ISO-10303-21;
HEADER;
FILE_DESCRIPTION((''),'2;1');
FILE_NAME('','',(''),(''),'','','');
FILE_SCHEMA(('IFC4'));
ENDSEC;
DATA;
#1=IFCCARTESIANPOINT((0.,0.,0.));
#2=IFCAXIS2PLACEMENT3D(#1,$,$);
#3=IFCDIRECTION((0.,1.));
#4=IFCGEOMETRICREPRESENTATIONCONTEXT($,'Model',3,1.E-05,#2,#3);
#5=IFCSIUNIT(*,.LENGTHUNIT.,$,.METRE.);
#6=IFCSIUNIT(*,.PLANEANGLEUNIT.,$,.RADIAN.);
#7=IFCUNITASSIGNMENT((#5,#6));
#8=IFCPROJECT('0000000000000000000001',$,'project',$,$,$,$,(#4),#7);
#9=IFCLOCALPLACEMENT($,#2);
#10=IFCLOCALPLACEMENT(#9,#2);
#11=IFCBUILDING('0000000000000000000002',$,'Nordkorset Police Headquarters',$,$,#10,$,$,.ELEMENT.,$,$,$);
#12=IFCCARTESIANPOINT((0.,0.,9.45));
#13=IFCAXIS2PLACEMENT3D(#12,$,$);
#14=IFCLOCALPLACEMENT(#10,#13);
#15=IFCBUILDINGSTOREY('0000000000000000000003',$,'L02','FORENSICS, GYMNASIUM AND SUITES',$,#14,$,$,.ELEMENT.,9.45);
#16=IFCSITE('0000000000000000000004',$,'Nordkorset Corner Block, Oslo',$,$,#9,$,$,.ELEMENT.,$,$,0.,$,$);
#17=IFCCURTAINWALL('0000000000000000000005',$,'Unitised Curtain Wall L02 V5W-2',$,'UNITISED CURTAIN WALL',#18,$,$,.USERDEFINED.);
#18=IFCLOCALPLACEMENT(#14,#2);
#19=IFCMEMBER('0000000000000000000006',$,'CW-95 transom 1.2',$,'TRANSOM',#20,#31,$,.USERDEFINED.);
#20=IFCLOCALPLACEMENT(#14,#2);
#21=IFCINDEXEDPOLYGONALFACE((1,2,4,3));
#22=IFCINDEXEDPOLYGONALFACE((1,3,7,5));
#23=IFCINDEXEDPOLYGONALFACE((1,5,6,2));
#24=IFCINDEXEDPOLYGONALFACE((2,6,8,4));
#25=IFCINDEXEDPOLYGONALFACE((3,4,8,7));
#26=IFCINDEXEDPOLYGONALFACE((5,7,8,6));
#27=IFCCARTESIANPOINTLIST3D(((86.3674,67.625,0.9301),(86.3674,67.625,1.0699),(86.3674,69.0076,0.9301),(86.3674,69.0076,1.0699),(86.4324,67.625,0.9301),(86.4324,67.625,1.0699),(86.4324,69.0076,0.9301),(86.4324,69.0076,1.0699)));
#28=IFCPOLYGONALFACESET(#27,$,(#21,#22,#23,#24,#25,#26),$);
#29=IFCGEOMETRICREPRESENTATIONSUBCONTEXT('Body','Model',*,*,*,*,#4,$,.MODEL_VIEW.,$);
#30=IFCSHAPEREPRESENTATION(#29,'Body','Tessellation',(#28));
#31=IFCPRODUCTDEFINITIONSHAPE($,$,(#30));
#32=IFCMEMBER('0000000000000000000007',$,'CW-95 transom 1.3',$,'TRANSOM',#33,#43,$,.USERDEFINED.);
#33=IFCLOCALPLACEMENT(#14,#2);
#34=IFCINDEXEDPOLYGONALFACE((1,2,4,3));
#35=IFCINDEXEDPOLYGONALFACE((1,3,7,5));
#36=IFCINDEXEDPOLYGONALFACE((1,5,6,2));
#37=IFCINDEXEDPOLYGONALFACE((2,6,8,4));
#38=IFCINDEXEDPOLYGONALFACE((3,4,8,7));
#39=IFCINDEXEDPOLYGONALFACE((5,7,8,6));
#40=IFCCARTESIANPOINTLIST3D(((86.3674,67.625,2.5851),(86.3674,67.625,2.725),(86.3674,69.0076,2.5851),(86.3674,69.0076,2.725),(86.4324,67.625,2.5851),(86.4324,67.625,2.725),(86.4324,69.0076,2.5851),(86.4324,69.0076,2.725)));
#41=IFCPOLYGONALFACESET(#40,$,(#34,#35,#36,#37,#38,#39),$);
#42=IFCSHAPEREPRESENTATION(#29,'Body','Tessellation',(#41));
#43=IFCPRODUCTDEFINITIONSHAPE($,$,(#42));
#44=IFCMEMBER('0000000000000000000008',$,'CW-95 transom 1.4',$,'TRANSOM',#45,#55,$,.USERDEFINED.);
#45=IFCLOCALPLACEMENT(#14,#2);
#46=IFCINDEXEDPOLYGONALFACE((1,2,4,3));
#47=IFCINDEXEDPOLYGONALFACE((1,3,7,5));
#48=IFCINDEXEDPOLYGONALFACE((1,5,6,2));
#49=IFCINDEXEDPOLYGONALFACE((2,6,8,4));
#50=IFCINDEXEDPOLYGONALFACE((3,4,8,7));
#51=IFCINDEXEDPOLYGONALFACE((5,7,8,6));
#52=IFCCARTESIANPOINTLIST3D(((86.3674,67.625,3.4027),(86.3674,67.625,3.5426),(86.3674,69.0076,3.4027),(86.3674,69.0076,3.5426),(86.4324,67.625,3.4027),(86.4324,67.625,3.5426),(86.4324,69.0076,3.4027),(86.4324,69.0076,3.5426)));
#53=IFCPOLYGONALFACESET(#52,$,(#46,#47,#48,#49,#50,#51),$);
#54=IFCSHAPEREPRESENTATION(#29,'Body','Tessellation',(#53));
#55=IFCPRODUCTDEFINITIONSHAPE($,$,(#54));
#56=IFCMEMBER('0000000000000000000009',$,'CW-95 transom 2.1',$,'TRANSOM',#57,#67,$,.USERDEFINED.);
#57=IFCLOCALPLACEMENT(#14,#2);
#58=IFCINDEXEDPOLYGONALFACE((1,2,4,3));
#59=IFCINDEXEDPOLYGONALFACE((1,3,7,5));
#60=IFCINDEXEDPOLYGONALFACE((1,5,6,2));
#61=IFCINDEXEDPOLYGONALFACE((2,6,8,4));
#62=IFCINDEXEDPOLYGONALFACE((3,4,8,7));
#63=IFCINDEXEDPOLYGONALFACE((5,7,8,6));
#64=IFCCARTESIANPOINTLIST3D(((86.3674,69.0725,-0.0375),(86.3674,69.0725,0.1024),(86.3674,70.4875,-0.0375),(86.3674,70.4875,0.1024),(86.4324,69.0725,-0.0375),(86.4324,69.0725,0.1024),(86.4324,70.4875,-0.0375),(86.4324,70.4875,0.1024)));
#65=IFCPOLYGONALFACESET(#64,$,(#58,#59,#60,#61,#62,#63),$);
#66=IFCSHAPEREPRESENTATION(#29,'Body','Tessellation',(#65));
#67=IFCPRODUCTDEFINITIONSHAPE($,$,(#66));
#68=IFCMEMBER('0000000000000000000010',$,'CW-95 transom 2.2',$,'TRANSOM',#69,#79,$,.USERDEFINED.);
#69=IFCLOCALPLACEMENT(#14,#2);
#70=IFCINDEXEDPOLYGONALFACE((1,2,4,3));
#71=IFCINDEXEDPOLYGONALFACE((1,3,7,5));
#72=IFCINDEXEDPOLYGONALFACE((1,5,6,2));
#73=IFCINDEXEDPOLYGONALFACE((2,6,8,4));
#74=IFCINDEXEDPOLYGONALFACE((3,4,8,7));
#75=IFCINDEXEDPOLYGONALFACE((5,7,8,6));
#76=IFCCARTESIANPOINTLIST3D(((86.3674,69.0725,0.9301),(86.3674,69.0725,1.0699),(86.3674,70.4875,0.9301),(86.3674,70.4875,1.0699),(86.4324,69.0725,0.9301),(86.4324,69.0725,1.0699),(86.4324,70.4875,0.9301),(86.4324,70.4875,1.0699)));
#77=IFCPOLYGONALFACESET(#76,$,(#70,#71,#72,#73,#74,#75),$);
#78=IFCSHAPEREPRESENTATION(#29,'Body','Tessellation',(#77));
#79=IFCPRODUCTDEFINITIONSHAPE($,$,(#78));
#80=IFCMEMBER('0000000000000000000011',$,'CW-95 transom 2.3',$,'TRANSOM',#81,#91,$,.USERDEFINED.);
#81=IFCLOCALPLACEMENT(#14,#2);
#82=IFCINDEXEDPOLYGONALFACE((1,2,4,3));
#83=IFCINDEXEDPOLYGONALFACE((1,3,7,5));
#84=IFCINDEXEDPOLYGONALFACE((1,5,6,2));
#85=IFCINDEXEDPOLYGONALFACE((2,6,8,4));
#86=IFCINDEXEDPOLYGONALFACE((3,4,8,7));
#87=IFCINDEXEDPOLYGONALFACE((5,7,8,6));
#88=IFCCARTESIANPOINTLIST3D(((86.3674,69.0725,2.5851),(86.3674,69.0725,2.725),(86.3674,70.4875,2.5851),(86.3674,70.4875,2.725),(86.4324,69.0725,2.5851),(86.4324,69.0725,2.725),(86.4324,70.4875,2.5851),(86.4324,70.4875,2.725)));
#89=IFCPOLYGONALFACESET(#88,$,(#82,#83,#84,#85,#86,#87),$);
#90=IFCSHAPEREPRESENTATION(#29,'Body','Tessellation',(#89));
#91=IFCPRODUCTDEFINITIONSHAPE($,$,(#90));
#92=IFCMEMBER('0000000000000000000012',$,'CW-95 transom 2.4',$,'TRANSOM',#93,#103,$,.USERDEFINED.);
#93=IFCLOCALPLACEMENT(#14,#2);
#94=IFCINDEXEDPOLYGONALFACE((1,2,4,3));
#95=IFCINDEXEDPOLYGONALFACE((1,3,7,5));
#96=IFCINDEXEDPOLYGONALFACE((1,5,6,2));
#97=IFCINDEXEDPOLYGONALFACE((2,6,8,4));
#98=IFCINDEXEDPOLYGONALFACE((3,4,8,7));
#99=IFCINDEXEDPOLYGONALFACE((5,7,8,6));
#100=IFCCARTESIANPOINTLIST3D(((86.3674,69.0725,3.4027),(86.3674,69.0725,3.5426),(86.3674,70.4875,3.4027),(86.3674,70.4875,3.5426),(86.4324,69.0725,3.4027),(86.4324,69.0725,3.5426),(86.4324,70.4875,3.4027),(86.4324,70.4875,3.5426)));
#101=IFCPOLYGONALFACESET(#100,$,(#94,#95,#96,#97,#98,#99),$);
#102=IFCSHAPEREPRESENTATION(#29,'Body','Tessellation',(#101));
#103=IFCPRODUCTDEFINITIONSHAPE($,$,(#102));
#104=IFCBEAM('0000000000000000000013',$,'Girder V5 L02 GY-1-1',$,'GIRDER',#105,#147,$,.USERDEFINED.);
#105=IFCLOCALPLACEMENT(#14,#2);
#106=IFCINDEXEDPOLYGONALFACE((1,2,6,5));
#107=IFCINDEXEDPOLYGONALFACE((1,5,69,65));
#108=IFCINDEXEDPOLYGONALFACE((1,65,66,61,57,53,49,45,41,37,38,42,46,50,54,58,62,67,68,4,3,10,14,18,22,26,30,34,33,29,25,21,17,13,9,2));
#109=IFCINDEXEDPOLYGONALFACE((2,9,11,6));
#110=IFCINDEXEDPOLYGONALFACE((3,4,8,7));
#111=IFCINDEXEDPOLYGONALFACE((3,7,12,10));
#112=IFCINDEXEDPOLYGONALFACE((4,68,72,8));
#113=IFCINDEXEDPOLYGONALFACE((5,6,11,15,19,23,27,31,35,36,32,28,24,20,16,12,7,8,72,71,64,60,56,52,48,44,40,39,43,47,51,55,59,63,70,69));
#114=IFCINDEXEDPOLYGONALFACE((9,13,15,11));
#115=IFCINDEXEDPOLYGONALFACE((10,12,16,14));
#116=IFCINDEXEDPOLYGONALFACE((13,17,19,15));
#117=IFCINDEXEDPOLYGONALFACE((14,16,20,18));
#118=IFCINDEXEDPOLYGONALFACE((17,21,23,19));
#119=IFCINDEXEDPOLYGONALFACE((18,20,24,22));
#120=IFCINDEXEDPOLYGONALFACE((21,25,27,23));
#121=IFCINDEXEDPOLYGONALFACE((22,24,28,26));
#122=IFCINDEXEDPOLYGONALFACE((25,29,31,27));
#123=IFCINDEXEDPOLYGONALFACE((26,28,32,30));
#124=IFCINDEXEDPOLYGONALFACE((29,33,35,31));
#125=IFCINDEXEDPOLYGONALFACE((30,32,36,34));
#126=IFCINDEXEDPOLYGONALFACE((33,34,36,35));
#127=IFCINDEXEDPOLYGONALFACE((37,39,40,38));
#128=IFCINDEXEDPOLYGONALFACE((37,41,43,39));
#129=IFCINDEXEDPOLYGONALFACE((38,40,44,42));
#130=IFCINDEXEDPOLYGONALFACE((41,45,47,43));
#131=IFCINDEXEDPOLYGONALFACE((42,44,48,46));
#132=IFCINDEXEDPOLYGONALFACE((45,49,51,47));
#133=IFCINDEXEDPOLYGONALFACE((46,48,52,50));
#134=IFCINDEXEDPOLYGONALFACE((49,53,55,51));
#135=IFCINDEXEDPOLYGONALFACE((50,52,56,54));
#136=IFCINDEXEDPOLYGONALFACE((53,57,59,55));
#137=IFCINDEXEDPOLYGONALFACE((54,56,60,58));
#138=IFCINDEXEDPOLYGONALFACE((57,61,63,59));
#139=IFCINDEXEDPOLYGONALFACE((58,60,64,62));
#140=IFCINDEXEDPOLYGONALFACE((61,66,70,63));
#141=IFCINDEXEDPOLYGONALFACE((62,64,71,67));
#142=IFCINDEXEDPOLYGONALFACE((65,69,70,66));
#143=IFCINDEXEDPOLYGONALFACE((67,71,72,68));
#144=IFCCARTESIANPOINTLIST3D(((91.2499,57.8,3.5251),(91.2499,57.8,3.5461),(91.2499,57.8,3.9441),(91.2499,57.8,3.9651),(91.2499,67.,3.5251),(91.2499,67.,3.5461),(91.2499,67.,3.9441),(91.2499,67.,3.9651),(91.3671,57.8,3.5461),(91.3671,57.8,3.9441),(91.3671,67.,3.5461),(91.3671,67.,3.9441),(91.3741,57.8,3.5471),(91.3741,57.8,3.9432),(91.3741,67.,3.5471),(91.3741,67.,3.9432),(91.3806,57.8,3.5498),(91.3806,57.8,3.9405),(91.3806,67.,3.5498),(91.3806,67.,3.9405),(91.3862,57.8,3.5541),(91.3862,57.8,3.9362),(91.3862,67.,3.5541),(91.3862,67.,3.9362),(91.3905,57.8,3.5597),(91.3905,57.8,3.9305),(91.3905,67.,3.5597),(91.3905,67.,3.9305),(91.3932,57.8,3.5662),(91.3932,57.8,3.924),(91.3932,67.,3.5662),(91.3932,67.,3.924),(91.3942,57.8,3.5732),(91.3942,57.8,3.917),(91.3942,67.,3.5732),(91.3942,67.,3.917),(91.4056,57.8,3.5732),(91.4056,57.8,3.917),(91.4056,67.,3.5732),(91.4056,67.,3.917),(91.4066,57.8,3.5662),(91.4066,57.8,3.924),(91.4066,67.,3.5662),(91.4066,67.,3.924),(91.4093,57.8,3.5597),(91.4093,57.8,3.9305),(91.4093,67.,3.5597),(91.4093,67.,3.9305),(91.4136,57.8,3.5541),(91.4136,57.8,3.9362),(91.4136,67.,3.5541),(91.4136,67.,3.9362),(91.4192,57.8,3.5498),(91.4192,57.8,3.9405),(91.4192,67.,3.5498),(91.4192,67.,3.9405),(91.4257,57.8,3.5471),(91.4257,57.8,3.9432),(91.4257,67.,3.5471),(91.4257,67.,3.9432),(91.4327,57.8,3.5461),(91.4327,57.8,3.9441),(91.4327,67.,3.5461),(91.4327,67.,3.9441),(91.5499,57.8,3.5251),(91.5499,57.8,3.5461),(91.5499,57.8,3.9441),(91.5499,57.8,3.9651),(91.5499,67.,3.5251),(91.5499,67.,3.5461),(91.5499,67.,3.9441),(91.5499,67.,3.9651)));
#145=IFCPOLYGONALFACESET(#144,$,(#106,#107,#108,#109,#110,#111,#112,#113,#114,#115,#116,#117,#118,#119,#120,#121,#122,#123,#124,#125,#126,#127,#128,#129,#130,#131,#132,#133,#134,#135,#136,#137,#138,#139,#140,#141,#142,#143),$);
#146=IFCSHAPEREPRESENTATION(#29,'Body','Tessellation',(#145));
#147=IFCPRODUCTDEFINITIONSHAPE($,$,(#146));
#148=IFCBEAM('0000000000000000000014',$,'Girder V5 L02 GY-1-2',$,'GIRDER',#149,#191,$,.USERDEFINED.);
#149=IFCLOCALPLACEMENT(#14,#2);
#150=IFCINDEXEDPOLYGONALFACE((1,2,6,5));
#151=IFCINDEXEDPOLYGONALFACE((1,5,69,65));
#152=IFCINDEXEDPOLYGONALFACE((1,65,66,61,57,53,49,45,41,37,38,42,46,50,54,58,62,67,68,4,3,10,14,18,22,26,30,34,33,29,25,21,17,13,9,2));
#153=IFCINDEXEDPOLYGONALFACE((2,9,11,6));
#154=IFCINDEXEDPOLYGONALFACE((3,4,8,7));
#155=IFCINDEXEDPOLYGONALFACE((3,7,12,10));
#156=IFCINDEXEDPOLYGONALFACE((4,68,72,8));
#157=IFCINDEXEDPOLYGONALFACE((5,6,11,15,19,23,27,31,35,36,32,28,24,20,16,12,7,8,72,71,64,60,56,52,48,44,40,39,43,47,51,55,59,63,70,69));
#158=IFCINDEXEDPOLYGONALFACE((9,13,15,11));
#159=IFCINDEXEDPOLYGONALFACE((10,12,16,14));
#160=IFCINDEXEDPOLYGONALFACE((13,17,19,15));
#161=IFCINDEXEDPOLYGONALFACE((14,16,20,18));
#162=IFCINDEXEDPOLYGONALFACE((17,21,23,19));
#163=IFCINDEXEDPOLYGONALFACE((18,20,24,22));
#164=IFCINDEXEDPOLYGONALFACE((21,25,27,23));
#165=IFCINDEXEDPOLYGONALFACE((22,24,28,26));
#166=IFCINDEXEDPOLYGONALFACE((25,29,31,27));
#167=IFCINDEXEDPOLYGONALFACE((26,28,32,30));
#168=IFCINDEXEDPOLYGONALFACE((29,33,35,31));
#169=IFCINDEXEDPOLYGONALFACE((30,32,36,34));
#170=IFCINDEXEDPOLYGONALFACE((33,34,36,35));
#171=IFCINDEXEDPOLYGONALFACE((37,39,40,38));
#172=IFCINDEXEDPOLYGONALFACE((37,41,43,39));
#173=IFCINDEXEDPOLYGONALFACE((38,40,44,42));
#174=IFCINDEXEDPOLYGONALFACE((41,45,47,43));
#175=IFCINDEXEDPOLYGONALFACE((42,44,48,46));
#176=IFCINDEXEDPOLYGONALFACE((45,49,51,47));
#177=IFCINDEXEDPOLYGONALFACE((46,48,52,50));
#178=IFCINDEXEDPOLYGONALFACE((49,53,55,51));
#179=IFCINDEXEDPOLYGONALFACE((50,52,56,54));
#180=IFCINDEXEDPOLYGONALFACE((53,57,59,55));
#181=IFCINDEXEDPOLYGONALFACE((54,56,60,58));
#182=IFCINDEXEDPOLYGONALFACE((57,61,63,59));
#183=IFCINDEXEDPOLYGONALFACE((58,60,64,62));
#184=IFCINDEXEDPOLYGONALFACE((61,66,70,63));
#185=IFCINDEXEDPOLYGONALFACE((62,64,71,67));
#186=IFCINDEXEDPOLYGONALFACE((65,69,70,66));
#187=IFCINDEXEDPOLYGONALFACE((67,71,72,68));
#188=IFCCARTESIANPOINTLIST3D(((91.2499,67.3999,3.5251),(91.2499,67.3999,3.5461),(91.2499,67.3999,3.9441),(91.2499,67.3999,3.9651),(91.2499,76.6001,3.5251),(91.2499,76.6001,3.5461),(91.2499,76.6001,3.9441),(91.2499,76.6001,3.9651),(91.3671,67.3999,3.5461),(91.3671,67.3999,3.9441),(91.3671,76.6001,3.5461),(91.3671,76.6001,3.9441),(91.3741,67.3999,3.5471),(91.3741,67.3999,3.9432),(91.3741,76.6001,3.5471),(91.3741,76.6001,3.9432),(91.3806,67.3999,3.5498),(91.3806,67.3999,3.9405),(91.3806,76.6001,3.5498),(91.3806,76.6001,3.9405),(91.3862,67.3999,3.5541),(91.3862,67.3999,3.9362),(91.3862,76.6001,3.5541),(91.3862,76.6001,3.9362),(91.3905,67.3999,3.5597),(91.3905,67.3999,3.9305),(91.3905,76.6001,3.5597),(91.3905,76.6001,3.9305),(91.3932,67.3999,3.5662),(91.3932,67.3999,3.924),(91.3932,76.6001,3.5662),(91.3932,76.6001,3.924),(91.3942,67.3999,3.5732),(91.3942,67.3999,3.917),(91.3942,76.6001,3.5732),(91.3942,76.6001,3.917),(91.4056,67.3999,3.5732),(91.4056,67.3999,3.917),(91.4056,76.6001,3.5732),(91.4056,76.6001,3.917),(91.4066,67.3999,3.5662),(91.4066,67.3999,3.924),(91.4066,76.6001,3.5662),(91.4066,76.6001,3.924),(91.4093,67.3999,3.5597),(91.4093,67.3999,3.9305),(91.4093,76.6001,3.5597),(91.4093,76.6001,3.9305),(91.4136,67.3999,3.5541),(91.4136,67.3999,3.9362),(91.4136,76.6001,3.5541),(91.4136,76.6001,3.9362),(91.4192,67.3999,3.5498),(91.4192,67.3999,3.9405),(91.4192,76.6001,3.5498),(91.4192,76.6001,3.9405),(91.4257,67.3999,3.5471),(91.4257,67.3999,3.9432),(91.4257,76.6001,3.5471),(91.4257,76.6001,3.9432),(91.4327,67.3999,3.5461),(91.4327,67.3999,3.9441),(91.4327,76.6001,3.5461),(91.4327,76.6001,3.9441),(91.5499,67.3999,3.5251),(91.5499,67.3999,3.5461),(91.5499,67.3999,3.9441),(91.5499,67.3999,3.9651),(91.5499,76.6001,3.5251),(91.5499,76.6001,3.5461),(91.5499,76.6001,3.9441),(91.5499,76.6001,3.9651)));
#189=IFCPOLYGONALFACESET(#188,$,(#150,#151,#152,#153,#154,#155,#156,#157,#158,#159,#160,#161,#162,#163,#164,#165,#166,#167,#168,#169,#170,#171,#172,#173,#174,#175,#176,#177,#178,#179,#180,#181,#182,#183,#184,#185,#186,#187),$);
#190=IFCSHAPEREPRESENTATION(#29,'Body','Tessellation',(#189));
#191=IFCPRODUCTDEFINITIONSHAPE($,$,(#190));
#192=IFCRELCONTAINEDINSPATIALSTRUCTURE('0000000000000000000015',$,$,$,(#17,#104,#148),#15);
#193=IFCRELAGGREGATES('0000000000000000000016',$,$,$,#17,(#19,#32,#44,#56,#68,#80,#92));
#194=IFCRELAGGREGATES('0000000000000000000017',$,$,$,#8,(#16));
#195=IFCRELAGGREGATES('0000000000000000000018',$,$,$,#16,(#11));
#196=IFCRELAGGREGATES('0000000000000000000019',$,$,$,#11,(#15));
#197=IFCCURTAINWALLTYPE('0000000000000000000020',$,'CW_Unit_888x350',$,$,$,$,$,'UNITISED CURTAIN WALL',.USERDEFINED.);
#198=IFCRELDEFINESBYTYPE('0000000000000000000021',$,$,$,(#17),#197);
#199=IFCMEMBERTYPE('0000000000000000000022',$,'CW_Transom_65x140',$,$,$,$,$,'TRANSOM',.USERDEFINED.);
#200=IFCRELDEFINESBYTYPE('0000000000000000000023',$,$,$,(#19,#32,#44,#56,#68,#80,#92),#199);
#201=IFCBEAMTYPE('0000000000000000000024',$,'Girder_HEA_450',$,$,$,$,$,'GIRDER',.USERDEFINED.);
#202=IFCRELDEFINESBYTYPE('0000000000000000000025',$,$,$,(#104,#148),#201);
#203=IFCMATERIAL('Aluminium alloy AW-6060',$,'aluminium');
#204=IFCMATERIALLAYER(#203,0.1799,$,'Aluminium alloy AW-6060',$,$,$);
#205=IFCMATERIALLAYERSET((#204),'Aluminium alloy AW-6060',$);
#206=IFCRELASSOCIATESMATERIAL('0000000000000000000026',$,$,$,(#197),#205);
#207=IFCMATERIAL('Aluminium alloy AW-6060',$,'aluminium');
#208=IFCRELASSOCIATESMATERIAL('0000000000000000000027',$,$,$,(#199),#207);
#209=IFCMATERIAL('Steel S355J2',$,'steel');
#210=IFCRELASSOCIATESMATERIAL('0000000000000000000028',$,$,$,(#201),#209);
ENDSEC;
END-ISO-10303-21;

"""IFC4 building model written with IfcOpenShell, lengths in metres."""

from ifc_helpers import new_model, si_unit, direction, frame, origin, origin_2d, place, context, subcontext, project, spatial, rectangle, i_section, extrude, material, layer, layer_set, material_profile, profile_set, type_object, element, aggregate, save


model = new_model("IFC4")

# Units and contexts
model_context = context("Model", 3, precision=1e-05, world=origin(), true_north=direction((0.0, 1.0)))
body_context = subcontext(model_context, "Body", "Model", "MODEL_VIEW")
ifc_project = project(units=[si_unit("LENGTHUNIT", "METRE"), si_unit("PLANEANGLEUNIT", "RADIAN")], contexts=[model_context])

# Site, building, storey
site_placement = place(None, origin())
site = spatial("IfcSite", under=ifc_project, at=site_placement, Name="Nordkorset Corner Block, Oslo", CompositionType="ELEMENT", RefElevation=0.0)
building_placement = place(site_placement, origin())
building = spatial("IfcBuilding", under=site, at=building_placement, Name="Nordkorset Police Headquarters", CompositionType="ELEMENT")
storey_placement = place(building_placement, frame((0.0, 0.0, 9.45)))
storey = spatial("IfcBuildingStorey", under=building, at=storey_placement, Name="L02", Description="FORENSICS, GYMNASIUM AND SUITES", CompositionType="ELEMENT", Elevation=9.45)

# Curtain wall, members
ifc_material_1 = material(Name="Aluminium alloy AW-6060", Category="aluminium")
ifc_layer_1 = layer(ifc_material_1, 0.1799, Name="Aluminium alloy AW-6060")
ifc_layer_set_1 = layer_set([ifc_layer_1], Name="Aluminium alloy AW-6060")
curtain_wall_type = type_object("IfcCurtainWallType", Name="CW_Unit_888x350", ElementType="UNITISED CURTAIN WALL", PredefinedType="USERDEFINED", material=ifc_layer_set_1)
curtain_wall_placement = place(storey_placement, origin())
curtain_wall = element("IfcCurtainWall", 1, at=curtain_wall_placement, inside=storey, type_object=curtain_wall_type, Name="Unitised Curtain Wall L02 V5W-2", ObjectType="UNITISED CURTAIN WALL", PredefinedType="USERDEFINED")
ifc_material_2 = material(Name="Aluminium alloy AW-6060", Category="aluminium")
ifc_material_profile_1 = material_profile(ifc_material_2, rectangle(XDim=0.0649, YDim=0.1399, at=origin_2d()), Name="ALU TRAN 65x140")
ifc_profile_set_1 = profile_set([ifc_material_profile_1], Name="Aluminium alloy AW-6060")
member_type_1 = type_object("IfcMemberType", Name="CW_Transom_65x140", ElementType="TRANSOM", PredefinedType="USERDEFINED", material=ifc_profile_set_1)
member_1_placement = place(storey_placement, frame((86.3999, 67.625, 1.0), z_axis=(0.0, 1.0, 0.0), x_axis=(-1.0, 0.0, 0.0)))
member_1 = element("IfcMember", 2, at=member_1_placement, type_object=member_type_1, Name="CW-95 transom 1.2", ObjectType="TRANSOM", PredefinedType="USERDEFINED", context=body_context, shape_type="SweptSolid", body=[
    extrude(rectangle(XDim=0.0649, YDim=0.1399, at=origin_2d()), origin(), (0.0, 0.0, 1.0), 1.3826),
])
member_2_placement = place(storey_placement, frame((86.3999, 67.625, 2.655), z_axis=(0.0, 1.0, 0.0), x_axis=(-1.0, 0.0, 0.0)))
member_2 = element("IfcMember", 3, at=member_2_placement, type_object=member_type_1, Name="CW-95 transom 1.3", ObjectType="TRANSOM", PredefinedType="USERDEFINED", context=body_context, shape_type="SweptSolid", body=[
    extrude(rectangle(XDim=0.0649, YDim=0.1399, at=origin_2d()), origin(), (0.0, 0.0, 1.0), 1.3826),
])
member_3_placement = place(storey_placement, frame((86.3999, 67.625, 3.4727), z_axis=(0.0, 1.0, 0.0), x_axis=(-1.0, 0.0, 0.0)))
member_3 = element("IfcMember", 4, at=member_3_placement, type_object=member_type_1, Name="CW-95 transom 1.4", ObjectType="TRANSOM", PredefinedType="USERDEFINED", context=body_context, shape_type="SweptSolid", body=[
    extrude(rectangle(XDim=0.0649, YDim=0.1399, at=origin_2d()), origin(), (0.0, 0.0, 1.0), 1.3826),
])
member_4_placement = place(storey_placement, frame((86.3999, 69.0725, 0.0325), z_axis=(0.0, 1.0, 0.0), x_axis=(-1.0, 0.0, 0.0)))
member_4 = element("IfcMember", 5, at=member_4_placement, type_object=member_type_1, Name="CW-95 transom 2.1", ObjectType="TRANSOM", PredefinedType="USERDEFINED", context=body_context, shape_type="SweptSolid", body=[
    extrude(rectangle(XDim=0.0649, YDim=0.1399, at=origin_2d()), origin(), (0.0, 0.0, 1.0), 1.415),
])
member_5_placement = place(storey_placement, frame((86.3999, 69.0725, 1.0), z_axis=(0.0, 1.0, 0.0), x_axis=(-1.0, 0.0, 0.0)))
member_5 = element("IfcMember", 6, at=member_5_placement, type_object=member_type_1, Name="CW-95 transom 2.2", ObjectType="TRANSOM", PredefinedType="USERDEFINED", context=body_context, shape_type="SweptSolid", body=[
    extrude(rectangle(XDim=0.0649, YDim=0.1399, at=origin_2d()), origin(), (0.0, 0.0, 1.0), 1.415),
])
member_6_placement = place(storey_placement, frame((86.3999, 69.0725, 2.655), z_axis=(0.0, 1.0, 0.0), x_axis=(-1.0, 0.0, 0.0)))
member_6 = element("IfcMember", 7, at=member_6_placement, type_object=member_type_1, Name="CW-95 transom 2.3", ObjectType="TRANSOM", PredefinedType="USERDEFINED", context=body_context, shape_type="SweptSolid", body=[
    extrude(rectangle(XDim=0.0649, YDim=0.1399, at=origin_2d()), origin(), (0.0, 0.0, 1.0), 1.415),
])
member_7_placement = place(storey_placement, frame((86.3999, 69.0725, 3.4727), z_axis=(0.0, 1.0, 0.0), x_axis=(-1.0, 0.0, 0.0)))
member_7 = element("IfcMember", 8, at=member_7_placement, type_object=member_type_1, Name="CW-95 transom 2.4", ObjectType="TRANSOM", PredefinedType="USERDEFINED", context=body_context, shape_type="SweptSolid", body=[
    extrude(rectangle(XDim=0.0649, YDim=0.1399, at=origin_2d()), origin(), (0.0, 0.0, 1.0), 1.415),
])

# Beams
ifc_material_3 = material(Name="Steel S355J2", Category="steel")
ifc_material_profile_2 = material_profile(ifc_material_3, i_section(OverallWidth=0.3, OverallDepth=0.4399, WebThickness=0.0115, FlangeThickness=0.021, FilletRadius=0.0271, at=origin_2d()), Name="HEA 450")
ifc_profile_set_2 = profile_set([ifc_material_profile_2], Name="Steel S355J2")
beam_type_1 = type_object("IfcBeamType", Name="Girder_HEA_450", ElementType="GIRDER", PredefinedType="USERDEFINED", material=ifc_profile_set_2)
beam_1_placement = place(storey_placement, frame((91.3999, 57.8, 3.7451), z_axis=(0.0, 1.0, 0.0), x_axis=(-1.0, 0.0, 0.0)))
element("IfcBeam", 9, at=beam_1_placement, inside=storey, type_object=beam_type_1, Name="Girder V5 L02 GY-1-1", ObjectType="GIRDER", PredefinedType="USERDEFINED", context=body_context, shape_type="SweptSolid", body=[
    extrude(i_section(OverallWidth=0.3, OverallDepth=0.4399, WebThickness=0.0115, FlangeThickness=0.021, FilletRadius=0.0271, at=origin_2d()), origin(), (0.0, 0.0, 1.0), 9.2),
])
beam_2_placement = place(storey_placement, frame((91.3999, 67.3999, 3.7451), z_axis=(0.0, 1.0, 0.0), x_axis=(-1.0, 0.0, 0.0)))
element("IfcBeam", 10, at=beam_2_placement, inside=storey, type_object=beam_type_1, Name="Girder V5 L02 GY-1-2", ObjectType="GIRDER", PredefinedType="USERDEFINED", context=body_context, shape_type="SweptSolid", body=[
    extrude(i_section(OverallWidth=0.3, OverallDepth=0.4399, WebThickness=0.0115, FlangeThickness=0.021, FilletRadius=0.0271, at=origin_2d()), origin(), (0.0, 0.0, 1.0), 9.2002),
])

aggregate(curtain_wall, [member_1, member_2, member_3, member_4, member_5, member_6, member_7])

save(model, "model.ifc")
